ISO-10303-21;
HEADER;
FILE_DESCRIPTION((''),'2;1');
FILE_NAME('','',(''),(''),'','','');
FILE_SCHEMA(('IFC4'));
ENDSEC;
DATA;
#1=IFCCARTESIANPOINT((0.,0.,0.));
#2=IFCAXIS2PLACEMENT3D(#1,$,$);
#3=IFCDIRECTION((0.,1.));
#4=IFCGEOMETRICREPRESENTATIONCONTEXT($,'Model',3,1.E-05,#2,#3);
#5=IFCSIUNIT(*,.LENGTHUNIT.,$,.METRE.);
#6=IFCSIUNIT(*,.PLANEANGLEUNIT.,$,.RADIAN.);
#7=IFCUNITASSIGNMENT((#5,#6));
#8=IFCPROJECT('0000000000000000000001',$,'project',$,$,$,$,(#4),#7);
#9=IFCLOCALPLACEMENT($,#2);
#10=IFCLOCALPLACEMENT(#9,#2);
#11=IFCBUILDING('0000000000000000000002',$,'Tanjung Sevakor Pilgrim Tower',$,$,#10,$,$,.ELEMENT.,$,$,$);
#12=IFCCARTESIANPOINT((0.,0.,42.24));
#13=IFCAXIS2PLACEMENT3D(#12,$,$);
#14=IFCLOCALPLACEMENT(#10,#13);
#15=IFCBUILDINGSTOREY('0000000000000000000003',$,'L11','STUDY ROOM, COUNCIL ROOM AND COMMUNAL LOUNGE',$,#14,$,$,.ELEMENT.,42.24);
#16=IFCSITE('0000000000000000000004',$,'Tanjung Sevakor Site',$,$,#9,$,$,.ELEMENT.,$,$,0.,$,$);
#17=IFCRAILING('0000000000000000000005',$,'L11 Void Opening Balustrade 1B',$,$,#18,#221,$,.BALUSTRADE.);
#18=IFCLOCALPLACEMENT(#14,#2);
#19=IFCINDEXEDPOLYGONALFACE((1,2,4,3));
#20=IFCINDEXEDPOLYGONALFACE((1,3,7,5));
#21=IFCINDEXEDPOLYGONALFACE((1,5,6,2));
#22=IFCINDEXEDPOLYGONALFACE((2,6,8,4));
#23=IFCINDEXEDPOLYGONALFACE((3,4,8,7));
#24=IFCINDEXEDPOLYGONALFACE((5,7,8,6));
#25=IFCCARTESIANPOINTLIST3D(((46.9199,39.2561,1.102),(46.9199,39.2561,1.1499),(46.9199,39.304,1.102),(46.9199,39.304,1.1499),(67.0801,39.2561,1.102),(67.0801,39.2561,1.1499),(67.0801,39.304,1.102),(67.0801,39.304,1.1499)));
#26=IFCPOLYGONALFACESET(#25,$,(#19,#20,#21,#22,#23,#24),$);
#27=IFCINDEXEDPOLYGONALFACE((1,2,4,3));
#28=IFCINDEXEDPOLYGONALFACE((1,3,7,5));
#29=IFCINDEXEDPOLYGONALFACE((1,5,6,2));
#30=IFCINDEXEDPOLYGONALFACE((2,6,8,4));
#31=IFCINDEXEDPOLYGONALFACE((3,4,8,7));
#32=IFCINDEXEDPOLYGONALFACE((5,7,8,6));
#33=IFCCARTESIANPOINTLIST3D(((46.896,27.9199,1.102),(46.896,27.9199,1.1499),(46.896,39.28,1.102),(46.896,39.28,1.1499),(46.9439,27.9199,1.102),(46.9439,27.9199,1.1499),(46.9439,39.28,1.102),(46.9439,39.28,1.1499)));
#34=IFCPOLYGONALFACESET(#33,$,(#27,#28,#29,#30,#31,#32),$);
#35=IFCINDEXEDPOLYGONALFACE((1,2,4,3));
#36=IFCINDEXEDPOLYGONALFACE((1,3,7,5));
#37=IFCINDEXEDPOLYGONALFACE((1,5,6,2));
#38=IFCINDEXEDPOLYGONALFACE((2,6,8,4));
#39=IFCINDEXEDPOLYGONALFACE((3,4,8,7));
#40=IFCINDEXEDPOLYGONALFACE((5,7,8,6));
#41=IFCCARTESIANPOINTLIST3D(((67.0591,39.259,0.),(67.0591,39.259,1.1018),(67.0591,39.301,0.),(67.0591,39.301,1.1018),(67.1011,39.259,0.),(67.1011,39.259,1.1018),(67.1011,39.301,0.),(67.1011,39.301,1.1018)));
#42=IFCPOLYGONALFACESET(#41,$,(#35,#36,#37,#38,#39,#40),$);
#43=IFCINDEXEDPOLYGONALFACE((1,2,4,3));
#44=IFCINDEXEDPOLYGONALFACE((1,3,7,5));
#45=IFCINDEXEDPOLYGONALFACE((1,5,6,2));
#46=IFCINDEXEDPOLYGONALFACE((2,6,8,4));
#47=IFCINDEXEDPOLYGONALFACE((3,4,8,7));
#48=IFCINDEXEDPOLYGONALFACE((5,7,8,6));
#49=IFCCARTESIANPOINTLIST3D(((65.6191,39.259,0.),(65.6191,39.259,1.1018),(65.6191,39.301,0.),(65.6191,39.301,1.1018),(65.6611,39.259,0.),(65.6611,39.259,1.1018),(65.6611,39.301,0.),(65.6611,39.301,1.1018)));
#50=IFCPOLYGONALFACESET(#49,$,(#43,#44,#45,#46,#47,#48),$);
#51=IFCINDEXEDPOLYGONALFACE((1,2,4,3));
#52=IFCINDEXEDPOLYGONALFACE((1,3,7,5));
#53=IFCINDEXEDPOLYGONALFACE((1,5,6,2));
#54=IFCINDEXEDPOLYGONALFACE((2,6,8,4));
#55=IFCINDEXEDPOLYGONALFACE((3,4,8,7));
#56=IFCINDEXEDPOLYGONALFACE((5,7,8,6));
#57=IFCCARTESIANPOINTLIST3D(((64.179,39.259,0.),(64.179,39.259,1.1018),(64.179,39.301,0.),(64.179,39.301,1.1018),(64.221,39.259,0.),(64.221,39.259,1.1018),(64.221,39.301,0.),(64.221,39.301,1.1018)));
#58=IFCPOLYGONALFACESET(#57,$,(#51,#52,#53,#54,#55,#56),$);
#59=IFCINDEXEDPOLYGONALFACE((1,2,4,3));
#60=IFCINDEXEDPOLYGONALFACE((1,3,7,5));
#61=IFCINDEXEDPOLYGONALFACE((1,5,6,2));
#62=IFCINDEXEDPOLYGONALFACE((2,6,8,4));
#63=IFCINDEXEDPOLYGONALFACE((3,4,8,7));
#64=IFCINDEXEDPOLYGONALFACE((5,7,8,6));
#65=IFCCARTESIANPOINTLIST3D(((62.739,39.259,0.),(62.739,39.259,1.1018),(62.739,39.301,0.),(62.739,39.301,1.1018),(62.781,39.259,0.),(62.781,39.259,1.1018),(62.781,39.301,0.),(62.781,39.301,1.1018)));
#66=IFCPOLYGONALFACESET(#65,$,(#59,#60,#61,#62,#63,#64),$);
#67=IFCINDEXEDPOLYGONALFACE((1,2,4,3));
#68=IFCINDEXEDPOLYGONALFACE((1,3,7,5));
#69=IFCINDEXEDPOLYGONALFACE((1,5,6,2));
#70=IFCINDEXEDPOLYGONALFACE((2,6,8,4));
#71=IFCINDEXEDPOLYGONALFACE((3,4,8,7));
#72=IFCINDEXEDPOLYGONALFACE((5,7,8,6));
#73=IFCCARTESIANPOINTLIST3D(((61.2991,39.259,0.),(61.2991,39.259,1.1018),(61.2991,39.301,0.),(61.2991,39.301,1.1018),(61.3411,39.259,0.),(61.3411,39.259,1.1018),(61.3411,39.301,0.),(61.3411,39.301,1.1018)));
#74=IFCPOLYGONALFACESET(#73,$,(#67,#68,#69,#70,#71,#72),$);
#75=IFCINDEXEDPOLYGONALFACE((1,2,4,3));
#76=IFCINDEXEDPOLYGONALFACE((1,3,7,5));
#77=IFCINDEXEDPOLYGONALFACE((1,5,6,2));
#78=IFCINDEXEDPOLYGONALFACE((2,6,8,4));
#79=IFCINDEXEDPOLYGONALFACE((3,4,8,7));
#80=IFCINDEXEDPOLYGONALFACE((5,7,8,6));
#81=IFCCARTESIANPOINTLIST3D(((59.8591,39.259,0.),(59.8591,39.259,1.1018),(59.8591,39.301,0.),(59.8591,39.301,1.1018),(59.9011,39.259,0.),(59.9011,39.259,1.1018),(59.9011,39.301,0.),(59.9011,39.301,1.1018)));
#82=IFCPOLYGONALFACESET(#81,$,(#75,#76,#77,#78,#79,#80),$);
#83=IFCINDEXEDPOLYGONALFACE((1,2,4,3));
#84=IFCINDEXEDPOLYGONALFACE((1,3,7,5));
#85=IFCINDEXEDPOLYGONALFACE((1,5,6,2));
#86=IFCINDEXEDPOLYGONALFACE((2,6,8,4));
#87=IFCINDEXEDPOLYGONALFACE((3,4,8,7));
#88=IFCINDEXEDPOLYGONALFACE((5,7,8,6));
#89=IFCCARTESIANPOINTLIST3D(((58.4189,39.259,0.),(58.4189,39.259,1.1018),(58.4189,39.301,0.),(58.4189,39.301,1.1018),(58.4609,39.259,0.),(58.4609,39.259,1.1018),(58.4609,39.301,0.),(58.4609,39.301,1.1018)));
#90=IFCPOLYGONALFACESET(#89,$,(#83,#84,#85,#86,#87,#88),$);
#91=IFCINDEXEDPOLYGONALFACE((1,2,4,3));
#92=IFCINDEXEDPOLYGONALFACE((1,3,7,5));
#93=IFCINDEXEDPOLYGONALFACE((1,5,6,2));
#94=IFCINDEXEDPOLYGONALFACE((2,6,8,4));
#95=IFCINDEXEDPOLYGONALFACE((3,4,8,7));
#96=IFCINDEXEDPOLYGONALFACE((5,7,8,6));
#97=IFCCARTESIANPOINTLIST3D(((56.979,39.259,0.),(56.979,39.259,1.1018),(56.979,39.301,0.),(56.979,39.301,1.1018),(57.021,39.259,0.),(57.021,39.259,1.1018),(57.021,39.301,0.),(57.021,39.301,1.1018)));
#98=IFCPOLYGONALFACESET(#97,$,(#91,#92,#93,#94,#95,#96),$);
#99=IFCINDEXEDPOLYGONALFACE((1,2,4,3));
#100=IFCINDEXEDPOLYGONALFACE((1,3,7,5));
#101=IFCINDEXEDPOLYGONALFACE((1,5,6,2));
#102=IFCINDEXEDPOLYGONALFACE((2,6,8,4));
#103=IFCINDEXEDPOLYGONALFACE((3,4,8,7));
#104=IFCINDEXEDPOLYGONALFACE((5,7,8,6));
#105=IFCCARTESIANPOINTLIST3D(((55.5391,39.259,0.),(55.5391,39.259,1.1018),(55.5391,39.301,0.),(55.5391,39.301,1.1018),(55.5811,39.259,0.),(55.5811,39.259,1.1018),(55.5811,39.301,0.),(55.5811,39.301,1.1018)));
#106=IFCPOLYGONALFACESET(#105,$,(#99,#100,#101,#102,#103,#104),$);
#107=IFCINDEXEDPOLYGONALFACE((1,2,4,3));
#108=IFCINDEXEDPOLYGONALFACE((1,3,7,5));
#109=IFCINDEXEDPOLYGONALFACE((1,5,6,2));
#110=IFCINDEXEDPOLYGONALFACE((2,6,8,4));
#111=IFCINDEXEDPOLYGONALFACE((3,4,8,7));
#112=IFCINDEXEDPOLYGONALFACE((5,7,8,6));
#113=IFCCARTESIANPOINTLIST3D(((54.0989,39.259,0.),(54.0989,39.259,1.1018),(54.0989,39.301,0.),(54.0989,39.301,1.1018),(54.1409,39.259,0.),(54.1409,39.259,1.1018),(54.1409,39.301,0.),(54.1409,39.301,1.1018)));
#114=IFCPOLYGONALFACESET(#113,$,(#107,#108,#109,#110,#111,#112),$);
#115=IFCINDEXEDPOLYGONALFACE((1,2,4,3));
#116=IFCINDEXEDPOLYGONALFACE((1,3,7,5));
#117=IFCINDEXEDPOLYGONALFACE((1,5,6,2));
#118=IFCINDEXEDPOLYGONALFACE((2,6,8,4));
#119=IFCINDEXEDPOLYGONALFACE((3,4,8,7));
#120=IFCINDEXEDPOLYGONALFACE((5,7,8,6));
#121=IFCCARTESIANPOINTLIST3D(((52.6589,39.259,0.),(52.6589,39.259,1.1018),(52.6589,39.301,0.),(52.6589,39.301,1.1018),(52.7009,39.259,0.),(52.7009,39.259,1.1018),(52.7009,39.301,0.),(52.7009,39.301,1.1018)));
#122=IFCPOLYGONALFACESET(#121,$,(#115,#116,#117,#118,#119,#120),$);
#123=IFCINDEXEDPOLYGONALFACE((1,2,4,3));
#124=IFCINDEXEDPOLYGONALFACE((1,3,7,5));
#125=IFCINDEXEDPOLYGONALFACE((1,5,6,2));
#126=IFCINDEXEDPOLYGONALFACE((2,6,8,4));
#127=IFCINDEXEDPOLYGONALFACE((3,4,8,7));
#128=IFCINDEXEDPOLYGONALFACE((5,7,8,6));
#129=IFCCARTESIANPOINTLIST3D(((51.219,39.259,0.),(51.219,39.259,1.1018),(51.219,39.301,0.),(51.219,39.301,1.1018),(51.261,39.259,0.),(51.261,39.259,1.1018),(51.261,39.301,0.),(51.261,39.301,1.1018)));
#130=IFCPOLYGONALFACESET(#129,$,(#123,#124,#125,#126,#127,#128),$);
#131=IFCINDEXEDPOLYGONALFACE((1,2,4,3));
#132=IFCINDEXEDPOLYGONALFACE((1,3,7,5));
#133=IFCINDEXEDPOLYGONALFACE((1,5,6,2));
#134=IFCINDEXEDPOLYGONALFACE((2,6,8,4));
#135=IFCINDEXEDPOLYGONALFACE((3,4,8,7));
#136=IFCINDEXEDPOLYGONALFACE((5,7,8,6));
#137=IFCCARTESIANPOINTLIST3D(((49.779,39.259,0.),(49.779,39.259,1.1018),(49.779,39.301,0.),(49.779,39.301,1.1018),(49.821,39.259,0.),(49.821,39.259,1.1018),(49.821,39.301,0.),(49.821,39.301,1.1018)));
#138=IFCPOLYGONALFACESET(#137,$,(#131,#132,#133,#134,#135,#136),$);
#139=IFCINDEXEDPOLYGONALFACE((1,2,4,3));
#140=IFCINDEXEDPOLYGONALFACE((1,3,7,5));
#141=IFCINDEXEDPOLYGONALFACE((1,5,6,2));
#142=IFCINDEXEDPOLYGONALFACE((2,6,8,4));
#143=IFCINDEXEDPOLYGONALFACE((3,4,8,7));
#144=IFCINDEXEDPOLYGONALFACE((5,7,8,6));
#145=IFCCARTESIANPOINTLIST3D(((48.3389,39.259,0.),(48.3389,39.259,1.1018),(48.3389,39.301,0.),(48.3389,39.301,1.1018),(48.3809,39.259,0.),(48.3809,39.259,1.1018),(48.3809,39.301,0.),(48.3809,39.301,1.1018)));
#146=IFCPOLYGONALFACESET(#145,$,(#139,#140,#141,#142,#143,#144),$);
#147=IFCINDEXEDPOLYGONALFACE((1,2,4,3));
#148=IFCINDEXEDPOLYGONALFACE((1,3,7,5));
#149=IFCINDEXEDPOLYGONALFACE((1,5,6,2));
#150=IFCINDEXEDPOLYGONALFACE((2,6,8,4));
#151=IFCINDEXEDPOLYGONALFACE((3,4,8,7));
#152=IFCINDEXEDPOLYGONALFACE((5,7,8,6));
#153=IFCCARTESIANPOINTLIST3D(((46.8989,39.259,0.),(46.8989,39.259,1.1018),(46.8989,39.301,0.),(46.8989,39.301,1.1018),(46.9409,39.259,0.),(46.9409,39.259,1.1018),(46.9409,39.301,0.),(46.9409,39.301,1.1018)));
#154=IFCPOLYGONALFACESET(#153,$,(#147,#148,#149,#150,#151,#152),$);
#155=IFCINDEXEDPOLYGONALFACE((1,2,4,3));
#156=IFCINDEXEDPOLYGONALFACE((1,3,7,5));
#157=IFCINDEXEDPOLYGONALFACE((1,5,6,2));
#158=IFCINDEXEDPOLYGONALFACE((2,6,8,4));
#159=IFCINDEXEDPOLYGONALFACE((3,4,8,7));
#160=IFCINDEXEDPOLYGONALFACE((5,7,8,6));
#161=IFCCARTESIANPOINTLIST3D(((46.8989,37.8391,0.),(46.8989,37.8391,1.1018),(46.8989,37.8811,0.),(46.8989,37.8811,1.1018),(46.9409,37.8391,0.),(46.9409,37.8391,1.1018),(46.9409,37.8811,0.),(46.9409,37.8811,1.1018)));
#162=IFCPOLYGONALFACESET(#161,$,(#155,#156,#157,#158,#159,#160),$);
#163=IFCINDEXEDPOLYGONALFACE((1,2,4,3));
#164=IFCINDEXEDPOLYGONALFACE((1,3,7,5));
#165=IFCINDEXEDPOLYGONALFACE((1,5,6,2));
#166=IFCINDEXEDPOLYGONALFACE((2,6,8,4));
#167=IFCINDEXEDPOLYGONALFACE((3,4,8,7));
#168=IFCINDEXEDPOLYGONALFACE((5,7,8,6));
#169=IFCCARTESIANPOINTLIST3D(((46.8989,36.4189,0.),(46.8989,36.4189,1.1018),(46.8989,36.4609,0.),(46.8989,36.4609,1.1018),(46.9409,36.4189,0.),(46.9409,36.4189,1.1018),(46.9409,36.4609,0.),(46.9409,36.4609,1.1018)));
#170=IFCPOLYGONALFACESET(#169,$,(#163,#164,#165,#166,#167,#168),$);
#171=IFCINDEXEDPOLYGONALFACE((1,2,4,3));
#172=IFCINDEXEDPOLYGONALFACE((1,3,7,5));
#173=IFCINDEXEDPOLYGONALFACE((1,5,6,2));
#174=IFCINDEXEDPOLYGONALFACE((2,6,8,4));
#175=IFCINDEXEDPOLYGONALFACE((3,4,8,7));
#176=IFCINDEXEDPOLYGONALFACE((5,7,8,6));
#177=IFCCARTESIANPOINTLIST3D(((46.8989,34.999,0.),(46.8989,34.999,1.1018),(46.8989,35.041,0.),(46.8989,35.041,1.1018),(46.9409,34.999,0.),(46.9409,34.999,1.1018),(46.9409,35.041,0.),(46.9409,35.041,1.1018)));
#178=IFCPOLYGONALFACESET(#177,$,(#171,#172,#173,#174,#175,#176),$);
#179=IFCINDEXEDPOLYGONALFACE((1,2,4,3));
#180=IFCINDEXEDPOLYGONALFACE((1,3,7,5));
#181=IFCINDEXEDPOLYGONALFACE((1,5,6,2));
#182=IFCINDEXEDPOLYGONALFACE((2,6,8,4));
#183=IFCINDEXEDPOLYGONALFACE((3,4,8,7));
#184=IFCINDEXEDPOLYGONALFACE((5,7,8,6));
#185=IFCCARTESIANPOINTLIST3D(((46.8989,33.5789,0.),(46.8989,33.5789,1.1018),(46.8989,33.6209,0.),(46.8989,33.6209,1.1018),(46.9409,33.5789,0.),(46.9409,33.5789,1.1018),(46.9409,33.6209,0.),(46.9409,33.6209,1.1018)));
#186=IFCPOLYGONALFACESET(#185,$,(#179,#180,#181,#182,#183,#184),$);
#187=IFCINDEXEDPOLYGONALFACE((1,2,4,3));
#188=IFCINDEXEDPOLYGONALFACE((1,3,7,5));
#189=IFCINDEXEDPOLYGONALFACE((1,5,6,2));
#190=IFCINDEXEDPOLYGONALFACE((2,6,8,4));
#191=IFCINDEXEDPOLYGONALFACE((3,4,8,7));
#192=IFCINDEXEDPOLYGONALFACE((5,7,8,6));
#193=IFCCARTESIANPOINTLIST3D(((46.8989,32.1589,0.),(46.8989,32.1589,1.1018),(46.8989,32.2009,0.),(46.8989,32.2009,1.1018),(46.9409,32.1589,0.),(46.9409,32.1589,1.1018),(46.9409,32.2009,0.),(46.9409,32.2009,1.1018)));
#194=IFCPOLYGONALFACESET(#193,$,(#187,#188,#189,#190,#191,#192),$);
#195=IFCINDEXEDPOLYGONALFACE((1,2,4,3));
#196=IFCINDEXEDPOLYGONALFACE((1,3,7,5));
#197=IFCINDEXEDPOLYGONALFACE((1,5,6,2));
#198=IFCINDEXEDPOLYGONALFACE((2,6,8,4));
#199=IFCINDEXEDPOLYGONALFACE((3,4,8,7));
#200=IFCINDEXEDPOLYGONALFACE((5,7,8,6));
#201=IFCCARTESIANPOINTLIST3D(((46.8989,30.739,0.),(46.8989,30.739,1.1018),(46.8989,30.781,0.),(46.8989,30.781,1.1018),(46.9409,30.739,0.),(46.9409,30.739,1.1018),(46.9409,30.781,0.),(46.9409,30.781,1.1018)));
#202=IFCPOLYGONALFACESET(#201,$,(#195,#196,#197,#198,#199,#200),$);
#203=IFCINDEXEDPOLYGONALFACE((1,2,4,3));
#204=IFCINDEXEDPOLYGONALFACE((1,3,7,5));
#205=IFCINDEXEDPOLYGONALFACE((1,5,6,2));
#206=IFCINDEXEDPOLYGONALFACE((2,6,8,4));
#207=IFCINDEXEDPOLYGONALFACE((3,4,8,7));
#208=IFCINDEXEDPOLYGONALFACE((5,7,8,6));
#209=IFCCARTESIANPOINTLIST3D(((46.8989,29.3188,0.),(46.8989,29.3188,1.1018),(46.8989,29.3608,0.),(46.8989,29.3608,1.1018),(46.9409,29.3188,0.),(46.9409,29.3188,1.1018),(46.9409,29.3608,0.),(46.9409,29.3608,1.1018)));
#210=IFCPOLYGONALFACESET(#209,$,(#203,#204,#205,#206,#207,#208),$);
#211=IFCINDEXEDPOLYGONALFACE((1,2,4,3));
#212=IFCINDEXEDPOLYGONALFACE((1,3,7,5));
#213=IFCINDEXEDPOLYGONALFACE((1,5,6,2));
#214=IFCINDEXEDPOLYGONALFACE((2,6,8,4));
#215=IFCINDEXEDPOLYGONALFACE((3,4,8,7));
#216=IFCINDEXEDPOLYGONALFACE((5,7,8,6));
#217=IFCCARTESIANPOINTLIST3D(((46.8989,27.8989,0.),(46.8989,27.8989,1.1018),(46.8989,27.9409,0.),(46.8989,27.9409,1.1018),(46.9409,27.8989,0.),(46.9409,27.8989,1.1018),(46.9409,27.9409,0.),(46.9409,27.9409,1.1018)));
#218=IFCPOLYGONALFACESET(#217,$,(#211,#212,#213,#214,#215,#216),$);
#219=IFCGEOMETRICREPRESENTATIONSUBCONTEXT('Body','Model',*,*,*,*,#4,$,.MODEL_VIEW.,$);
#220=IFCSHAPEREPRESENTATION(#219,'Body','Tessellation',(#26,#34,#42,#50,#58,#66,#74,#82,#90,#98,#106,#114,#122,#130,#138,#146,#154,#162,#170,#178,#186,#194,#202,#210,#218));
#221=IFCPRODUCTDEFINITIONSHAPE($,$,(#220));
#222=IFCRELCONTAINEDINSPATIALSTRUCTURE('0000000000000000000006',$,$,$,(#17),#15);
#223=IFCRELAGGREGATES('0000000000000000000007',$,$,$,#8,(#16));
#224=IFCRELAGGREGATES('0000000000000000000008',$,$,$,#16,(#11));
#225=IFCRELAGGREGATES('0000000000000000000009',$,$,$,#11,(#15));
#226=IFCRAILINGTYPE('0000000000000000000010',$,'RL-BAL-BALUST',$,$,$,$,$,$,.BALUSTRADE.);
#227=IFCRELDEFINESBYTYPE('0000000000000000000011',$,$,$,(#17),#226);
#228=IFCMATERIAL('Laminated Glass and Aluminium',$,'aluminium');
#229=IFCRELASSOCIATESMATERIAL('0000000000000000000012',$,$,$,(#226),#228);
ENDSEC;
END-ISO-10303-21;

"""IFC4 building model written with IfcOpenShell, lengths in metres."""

from ifc_helpers import new_model, si_unit, direction, frame, origin, place, context, subcontext, project, spatial, rectangle, extrude, material, type_object, element, save


model = new_model("IFC4")

# Units and contexts
model_context = context("Model", 3, precision=1e-05, world=origin(), true_north=direction((0.0, 1.0)))
body_context = subcontext(model_context, "Body", "Model", "MODEL_VIEW")
ifc_project = project(units=[si_unit("LENGTHUNIT", "METRE"), si_unit("PLANEANGLEUNIT", "RADIAN")], contexts=[model_context])

# Site, building, storey
site_placement = place(None, origin())
site = spatial("IfcSite", under=ifc_project, at=site_placement, Name="Tanjung Sevakor Site", CompositionType="ELEMENT", RefElevation=0.0)
building_placement = place(site_placement, origin())
building = spatial("IfcBuilding", under=site, at=building_placement, Name="Tanjung Sevakor Pilgrim Tower", CompositionType="ELEMENT")
storey_placement = place(building_placement, frame((0.0, 0.0, 42.24)))
storey = spatial("IfcBuildingStorey", under=building, at=storey_placement, Name="L11", Description="STUDY ROOM, COUNCIL ROOM AND COMMUNAL LOUNGE", CompositionType="ELEMENT", Elevation=42.24)

# Railing
ifc_material_1 = material(Name="Laminated Glass and Aluminium", Category="aluminium")
railing_type = type_object("IfcRailingType", Name="RL-BAL-BALUST", PredefinedType="BALUSTRADE", material=ifc_material_1)
railing_placement = place(storey_placement, frame((67.0801, 39.28, 0.0)))
element("IfcRailing", 1, at=railing_placement, inside=storey, type_object=railing_type, Name="L11 Void Opening Balustrade 1B", PredefinedType="BALUSTRADE", context=body_context, shape_type="SweptSolid", body=[
    extrude(rectangle(XDim=0.0479, YDim=0.0479), frame((0.0, 0.0, 1.126), z_axis=(-1.0, 0.0, 0.0), x_axis=(0.0, -1.0, 0.0)), (0.0, 0.0, 1.0), 20.1602),
    extrude(rectangle(XDim=0.0479, YDim=0.0479), frame((-20.1602, 0.0, 1.126), z_axis=(0.0, -1.0, 0.0), x_axis=(1.0, 0.0, 0.0)), (0.0, 0.0, 1.0), 11.3601),
    extrude(rectangle(XDim=0.042, YDim=0.042), origin(), (0.0, 0.0, 1.0), 1.1018),
    extrude(rectangle(XDim=0.042, YDim=0.042), frame((-1.4399, 0.0, 0.0)), (0.0, 0.0, 1.0), 1.1018),
    extrude(rectangle(XDim=0.042, YDim=0.042), frame((-2.8801, 0.0, 0.0)), (0.0, 0.0, 1.0), 1.1018),
    extrude(rectangle(XDim=0.042, YDim=0.042), frame((-4.3201, 0.0, 0.0)), (0.0, 0.0, 1.0), 1.1018),
    extrude(rectangle(XDim=0.042, YDim=0.042), frame((-5.76, 0.0, 0.0)), (0.0, 0.0, 1.0), 1.1018),
    extrude(rectangle(XDim=0.042, YDim=0.042), frame((-7.2, 0.0, 0.0)), (0.0, 0.0, 1.0), 1.1018),
    extrude(rectangle(XDim=0.042, YDim=0.042), frame((-8.6401, 0.0, 0.0)), (0.0, 0.0, 1.0), 1.1018),
    extrude(rectangle(XDim=0.042, YDim=0.042), frame((-10.0801, 0.0, 0.0)), (0.0, 0.0, 1.0), 1.1018),
    extrude(rectangle(XDim=0.042, YDim=0.042), frame((-11.52, 0.0, 0.0)), (0.0, 0.0, 1.0), 1.1018),
    extrude(rectangle(XDim=0.042, YDim=0.042), frame((-12.9602, 0.0, 0.0)), (0.0, 0.0, 1.0), 1.1018),
    extrude(rectangle(XDim=0.042, YDim=0.042), frame((-14.4001, 0.0, 0.0)), (0.0, 0.0, 1.0), 1.1018),
    extrude(rectangle(XDim=0.042, YDim=0.042), frame((-15.8401, 0.0, 0.0)), (0.0, 0.0, 1.0), 1.1018),
    extrude(rectangle(XDim=0.042, YDim=0.042), frame((-17.28, 0.0, 0.0)), (0.0, 0.0, 1.0), 1.1018),
    extrude(rectangle(XDim=0.042, YDim=0.042), frame((-18.7202, 0.0, 0.0)), (0.0, 0.0, 1.0), 1.1018),
    extrude(rectangle(XDim=0.042, YDim=0.042), frame((-20.1602, 0.0, 0.0)), (0.0, 0.0, 1.0), 1.1018),
    extrude(rectangle(XDim=0.042, YDim=0.042), frame((-20.1602, -1.4199, 0.0)), (0.0, 0.0, 1.0), 1.1018),
    extrude(rectangle(XDim=0.042, YDim=0.042), frame((-20.1602, -2.8401, 0.0)), (0.0, 0.0, 1.0), 1.1018),
    extrude(rectangle(XDim=0.042, YDim=0.042), frame((-20.1602, -4.26, 0.0)), (0.0, 0.0, 1.0), 1.1018),
    extrude(rectangle(XDim=0.042, YDim=0.042), frame((-20.1602, -5.6802, 0.0)), (0.0, 0.0, 1.0), 1.1018),
    extrude(rectangle(XDim=0.042, YDim=0.042), frame((-20.1602, -7.1001, 0.0)), (0.0, 0.0, 1.0), 1.1018),
    extrude(rectangle(XDim=0.042, YDim=0.042), frame((-20.1602, -8.52, 0.0)), (0.0, 0.0, 1.0), 1.1018),
    extrude(rectangle(XDim=0.042, YDim=0.042), frame((-20.1602, -9.9402, 0.0)), (0.0, 0.0, 1.0), 1.1018),
    extrude(rectangle(XDim=0.042, YDim=0.042), frame((-20.1602, -11.3601, 0.0)), (0.0, 0.0, 1.0), 1.1018),
])

save(model, "model.ifc")
